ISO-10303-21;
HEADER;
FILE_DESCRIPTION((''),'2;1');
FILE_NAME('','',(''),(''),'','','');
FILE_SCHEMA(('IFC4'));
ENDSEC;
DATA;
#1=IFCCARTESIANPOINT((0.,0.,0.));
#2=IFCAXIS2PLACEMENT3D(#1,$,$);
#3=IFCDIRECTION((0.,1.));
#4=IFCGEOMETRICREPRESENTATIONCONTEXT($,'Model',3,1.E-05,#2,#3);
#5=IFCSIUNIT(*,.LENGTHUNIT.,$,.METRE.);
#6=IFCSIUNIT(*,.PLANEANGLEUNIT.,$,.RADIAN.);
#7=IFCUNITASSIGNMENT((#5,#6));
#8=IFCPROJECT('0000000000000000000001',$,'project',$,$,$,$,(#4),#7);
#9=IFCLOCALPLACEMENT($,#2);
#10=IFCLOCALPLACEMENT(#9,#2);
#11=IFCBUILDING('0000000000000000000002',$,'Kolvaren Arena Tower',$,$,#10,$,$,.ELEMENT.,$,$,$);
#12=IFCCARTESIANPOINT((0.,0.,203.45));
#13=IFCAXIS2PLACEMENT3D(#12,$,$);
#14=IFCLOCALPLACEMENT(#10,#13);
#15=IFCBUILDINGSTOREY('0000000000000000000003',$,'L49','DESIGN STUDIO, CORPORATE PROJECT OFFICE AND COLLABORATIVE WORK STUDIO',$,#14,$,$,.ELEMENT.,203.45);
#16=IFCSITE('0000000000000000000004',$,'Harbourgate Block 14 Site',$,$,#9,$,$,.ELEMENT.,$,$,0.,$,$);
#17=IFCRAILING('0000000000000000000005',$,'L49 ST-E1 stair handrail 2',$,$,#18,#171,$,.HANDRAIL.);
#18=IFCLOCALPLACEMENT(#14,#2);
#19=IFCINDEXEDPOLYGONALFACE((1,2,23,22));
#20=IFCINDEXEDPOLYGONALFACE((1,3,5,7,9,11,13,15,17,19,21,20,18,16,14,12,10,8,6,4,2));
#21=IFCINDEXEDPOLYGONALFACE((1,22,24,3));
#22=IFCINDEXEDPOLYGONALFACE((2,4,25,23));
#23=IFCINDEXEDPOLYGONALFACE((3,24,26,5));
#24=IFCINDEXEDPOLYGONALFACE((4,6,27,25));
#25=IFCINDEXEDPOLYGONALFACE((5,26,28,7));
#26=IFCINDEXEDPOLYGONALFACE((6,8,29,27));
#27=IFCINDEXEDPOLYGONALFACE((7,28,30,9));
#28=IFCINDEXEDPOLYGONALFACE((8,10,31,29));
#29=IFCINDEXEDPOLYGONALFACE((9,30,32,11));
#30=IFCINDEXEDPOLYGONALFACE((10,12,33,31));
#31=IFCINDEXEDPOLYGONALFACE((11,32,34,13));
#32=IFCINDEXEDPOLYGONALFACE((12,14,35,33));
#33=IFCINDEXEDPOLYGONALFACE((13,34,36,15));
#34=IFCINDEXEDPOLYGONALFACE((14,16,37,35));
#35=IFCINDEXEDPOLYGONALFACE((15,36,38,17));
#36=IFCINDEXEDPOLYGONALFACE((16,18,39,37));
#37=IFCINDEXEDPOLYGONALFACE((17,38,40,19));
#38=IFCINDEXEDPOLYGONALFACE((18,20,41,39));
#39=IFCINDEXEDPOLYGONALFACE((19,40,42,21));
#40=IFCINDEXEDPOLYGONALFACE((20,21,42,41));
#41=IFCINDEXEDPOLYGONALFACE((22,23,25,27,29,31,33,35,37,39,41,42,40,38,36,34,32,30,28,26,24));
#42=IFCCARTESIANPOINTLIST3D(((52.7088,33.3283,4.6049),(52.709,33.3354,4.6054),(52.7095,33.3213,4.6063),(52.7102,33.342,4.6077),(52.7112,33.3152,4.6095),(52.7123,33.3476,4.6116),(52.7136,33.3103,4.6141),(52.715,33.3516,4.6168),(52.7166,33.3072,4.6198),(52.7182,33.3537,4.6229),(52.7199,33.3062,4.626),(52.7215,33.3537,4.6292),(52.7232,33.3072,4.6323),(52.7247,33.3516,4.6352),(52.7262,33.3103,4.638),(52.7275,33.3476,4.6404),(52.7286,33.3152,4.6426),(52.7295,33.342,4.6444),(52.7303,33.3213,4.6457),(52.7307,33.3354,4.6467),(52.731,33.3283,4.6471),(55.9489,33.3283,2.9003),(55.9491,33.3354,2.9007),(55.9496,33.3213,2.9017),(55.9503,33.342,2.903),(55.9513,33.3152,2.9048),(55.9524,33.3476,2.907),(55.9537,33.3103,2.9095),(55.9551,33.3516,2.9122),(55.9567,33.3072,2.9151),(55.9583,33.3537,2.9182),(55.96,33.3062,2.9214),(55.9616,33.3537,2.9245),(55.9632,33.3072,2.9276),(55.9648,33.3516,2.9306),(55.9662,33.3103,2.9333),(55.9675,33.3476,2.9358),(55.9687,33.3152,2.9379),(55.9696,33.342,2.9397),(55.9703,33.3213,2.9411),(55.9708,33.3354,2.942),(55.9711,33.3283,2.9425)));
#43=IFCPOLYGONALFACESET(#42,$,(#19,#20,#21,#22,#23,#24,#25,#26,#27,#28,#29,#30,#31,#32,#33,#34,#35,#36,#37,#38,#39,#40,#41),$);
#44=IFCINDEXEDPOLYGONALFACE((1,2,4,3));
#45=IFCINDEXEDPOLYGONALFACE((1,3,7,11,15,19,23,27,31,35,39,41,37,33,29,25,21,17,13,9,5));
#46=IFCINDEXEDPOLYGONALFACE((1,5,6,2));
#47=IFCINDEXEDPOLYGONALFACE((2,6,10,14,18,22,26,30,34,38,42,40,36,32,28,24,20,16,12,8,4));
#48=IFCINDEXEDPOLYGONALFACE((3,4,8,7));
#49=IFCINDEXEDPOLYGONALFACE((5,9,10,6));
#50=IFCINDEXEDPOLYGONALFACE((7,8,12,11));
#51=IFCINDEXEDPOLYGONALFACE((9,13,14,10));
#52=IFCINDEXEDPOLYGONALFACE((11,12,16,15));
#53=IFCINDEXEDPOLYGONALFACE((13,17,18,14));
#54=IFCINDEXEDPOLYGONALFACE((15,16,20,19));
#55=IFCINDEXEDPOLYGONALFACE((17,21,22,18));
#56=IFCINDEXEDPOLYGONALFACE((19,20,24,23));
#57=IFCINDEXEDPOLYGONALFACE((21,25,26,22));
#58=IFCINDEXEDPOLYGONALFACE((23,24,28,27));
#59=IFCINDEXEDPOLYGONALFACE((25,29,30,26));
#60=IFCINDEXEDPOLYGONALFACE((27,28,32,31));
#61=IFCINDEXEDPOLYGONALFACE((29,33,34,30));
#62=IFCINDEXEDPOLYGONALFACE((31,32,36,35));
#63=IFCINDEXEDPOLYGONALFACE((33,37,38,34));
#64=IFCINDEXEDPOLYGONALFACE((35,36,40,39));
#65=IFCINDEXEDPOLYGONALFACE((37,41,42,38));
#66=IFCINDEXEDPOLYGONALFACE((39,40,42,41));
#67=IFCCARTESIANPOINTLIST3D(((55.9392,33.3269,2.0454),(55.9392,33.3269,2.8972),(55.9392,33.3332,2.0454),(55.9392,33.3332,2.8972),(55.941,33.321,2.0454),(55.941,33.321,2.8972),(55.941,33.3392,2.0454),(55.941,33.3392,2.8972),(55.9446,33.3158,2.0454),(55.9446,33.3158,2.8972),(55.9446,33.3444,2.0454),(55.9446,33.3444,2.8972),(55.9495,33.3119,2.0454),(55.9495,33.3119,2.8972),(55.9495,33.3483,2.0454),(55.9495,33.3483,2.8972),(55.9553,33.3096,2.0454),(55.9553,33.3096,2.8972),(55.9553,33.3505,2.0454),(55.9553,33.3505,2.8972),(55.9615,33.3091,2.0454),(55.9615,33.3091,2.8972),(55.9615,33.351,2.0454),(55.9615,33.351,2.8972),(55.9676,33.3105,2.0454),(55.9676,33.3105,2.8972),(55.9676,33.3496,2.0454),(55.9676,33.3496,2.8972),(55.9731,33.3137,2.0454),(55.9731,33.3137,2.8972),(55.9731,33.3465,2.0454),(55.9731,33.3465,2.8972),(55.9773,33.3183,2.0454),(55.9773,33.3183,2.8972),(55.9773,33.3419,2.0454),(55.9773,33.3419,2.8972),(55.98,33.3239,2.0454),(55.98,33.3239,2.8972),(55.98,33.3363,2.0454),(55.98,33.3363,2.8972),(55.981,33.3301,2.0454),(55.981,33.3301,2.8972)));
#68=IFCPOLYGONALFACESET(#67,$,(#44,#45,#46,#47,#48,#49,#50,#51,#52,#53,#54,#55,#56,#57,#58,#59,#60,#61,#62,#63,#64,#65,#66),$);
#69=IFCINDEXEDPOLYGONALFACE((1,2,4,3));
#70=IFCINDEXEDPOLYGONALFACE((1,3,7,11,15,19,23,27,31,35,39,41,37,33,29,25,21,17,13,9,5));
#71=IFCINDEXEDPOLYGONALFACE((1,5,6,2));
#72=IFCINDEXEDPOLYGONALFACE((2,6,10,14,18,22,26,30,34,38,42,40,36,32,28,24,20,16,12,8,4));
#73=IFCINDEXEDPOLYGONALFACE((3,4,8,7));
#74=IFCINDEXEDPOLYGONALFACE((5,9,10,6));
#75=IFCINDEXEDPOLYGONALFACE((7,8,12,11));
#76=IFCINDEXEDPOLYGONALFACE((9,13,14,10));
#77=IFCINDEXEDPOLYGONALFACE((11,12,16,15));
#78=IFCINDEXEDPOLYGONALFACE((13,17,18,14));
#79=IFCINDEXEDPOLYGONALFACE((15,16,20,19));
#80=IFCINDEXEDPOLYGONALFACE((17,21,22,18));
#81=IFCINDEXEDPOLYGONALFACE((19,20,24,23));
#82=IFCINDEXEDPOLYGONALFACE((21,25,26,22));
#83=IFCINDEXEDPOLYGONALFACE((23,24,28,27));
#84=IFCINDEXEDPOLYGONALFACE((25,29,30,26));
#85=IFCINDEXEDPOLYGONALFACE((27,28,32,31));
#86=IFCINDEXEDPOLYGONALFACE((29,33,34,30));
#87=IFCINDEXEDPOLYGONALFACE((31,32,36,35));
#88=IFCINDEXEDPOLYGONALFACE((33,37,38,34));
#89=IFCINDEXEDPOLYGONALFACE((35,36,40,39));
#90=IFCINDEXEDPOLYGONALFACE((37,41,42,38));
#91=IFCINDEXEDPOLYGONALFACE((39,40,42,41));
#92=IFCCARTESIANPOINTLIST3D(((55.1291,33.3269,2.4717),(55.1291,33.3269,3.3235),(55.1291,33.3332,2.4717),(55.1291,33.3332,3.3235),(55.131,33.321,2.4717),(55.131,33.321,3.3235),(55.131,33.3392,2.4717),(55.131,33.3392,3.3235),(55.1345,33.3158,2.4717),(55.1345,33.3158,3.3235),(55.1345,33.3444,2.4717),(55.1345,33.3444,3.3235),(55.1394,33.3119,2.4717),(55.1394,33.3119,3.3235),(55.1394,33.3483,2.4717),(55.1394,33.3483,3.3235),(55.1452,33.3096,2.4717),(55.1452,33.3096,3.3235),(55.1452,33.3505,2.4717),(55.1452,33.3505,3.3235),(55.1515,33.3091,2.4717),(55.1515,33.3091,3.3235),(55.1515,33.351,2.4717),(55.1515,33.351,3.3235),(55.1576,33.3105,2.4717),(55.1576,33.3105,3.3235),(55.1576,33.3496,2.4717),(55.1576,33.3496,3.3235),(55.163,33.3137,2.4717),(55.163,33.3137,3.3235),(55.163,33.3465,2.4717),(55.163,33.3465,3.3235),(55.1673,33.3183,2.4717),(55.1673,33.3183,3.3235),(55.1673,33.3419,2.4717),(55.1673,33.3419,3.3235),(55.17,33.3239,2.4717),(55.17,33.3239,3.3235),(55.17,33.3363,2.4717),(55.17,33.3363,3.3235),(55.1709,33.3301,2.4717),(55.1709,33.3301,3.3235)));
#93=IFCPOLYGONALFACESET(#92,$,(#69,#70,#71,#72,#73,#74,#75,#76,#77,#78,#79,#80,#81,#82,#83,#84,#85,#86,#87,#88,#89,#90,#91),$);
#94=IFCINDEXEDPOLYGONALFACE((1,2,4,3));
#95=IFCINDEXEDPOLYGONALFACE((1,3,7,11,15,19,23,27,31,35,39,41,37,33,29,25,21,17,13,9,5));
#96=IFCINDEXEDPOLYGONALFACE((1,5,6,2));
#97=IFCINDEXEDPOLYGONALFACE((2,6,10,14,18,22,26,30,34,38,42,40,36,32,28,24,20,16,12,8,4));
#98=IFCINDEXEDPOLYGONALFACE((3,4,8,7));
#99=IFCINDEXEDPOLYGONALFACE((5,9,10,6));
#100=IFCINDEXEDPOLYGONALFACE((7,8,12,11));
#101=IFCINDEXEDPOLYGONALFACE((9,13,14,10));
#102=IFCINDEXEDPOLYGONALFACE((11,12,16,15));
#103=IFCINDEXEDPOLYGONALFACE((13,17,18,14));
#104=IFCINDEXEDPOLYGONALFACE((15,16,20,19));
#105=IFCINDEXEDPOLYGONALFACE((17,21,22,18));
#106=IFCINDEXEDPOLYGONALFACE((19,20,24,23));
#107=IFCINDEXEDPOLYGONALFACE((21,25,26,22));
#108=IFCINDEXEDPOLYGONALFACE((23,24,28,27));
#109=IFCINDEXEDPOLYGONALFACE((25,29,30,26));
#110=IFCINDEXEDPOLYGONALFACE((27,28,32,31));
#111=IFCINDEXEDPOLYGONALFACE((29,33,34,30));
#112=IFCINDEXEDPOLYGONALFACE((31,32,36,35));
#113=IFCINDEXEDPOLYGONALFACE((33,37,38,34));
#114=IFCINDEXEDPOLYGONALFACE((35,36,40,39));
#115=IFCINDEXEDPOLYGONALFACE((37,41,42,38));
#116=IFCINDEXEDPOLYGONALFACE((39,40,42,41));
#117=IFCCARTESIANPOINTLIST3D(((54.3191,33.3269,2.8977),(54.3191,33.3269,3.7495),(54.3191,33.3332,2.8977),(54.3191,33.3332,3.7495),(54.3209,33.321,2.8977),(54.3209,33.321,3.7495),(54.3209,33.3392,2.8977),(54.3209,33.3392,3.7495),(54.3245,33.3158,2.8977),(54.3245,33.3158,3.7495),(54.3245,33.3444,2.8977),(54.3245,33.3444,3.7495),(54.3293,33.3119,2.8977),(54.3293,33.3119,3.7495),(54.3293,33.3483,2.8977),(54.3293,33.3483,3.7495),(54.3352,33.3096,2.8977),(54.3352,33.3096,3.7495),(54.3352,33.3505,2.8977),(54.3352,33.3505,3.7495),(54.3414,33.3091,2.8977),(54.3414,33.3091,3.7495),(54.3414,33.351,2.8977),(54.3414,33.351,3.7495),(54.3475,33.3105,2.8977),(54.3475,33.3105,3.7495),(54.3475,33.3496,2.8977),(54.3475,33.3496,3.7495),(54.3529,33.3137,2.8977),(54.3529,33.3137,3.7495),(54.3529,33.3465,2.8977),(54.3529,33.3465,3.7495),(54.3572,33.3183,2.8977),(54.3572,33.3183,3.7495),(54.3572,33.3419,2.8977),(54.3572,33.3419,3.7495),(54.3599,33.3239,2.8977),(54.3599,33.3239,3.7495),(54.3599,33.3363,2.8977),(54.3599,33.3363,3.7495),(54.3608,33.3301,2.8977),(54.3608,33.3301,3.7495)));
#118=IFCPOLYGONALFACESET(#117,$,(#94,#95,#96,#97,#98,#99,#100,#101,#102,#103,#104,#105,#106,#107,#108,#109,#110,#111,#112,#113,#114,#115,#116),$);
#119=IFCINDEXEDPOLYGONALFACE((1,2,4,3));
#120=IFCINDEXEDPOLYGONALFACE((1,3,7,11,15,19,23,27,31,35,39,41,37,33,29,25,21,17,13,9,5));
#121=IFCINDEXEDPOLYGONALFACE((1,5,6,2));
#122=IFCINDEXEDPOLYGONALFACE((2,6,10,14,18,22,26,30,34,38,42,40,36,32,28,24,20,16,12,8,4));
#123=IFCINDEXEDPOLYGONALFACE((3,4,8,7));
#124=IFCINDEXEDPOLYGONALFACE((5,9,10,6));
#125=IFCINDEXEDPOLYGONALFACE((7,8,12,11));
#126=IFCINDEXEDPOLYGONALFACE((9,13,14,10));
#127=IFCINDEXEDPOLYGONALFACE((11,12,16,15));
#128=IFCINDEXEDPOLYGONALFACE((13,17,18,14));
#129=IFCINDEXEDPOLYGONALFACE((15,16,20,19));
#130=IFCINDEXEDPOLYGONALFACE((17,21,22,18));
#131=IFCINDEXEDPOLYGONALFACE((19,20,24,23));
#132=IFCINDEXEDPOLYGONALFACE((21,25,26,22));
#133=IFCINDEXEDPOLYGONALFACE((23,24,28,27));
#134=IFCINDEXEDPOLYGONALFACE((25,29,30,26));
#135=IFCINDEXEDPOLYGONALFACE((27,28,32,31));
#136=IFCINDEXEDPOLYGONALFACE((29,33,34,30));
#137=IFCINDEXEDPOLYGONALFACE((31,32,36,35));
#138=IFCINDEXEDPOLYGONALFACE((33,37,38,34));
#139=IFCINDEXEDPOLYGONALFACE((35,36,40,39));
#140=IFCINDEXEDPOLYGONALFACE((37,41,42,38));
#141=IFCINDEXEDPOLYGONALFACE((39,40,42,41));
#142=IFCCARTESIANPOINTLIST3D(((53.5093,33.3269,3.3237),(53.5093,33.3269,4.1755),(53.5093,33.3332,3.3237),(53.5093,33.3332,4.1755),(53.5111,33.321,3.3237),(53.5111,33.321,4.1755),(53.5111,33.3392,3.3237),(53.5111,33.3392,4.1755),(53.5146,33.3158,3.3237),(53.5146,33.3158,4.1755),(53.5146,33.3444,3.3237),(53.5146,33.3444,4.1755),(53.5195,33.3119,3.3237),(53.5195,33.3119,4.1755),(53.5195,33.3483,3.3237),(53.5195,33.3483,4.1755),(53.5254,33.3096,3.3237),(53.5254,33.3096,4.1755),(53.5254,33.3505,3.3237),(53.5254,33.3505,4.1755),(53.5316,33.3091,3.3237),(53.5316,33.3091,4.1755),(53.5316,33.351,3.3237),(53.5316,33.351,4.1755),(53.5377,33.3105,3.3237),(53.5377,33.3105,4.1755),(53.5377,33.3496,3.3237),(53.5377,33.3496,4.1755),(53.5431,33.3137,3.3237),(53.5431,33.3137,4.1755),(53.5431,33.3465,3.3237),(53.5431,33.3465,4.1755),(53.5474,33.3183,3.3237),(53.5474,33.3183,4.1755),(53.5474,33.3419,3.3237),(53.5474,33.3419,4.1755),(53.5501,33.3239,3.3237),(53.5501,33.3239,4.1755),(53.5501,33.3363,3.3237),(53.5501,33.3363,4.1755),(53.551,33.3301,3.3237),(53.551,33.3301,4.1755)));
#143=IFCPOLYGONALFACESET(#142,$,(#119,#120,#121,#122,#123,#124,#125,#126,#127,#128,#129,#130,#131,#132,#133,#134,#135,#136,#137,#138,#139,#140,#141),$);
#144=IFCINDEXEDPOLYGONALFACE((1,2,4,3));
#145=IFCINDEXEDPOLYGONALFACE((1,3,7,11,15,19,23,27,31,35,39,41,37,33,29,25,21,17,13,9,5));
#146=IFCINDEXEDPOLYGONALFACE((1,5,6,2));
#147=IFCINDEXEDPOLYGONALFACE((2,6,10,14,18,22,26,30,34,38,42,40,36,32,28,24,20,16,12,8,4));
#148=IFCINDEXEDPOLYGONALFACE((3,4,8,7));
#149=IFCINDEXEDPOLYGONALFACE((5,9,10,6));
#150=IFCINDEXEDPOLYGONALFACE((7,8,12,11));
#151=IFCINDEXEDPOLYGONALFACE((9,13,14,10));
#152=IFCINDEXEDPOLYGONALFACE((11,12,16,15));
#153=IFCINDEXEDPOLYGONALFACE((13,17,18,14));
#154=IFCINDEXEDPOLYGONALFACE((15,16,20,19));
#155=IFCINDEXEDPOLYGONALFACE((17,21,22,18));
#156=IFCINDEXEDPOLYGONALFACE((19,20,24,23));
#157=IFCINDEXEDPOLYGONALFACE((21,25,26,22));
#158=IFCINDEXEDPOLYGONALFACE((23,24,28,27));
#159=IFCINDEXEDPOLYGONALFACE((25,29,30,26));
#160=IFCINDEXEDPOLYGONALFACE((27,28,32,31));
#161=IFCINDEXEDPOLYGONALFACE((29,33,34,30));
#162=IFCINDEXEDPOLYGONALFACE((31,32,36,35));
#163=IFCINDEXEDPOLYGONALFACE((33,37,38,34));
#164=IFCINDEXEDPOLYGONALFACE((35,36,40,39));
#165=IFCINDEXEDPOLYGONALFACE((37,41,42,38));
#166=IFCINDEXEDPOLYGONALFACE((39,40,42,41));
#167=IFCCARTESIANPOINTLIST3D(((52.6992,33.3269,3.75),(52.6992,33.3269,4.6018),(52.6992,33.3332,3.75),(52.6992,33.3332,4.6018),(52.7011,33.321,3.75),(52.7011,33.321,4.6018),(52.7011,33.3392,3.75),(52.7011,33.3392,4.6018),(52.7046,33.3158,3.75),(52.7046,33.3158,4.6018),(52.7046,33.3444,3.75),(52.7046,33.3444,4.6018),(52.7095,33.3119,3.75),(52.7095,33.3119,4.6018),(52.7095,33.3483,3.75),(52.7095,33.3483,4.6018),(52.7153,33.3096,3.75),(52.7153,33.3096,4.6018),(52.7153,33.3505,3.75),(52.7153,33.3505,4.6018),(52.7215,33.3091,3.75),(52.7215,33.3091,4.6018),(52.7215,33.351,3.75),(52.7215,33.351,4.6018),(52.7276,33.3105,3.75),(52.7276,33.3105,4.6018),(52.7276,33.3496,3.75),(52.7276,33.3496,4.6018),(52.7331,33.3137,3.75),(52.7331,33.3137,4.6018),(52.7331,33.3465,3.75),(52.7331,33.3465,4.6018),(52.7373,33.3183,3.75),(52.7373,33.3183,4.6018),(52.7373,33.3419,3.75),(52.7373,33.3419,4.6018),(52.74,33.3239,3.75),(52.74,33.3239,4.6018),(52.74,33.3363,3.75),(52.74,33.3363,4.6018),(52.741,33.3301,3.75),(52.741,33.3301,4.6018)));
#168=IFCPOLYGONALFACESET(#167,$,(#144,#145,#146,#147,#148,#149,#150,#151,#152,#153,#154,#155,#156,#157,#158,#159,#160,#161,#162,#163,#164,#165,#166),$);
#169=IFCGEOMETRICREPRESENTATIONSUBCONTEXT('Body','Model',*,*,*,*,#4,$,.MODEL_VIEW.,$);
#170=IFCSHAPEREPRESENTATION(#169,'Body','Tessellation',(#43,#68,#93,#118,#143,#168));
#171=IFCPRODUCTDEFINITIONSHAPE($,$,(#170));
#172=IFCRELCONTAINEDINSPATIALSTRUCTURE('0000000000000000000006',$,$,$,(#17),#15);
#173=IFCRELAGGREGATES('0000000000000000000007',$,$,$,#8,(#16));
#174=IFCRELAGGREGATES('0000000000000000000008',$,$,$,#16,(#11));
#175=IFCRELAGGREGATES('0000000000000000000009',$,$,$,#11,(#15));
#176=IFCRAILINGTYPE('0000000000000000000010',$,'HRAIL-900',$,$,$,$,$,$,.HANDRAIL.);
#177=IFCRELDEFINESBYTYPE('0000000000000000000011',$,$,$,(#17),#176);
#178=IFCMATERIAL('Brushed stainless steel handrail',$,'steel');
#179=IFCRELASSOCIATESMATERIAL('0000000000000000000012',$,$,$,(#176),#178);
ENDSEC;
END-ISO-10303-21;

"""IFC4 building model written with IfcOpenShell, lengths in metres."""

from ifc_helpers import new_model, si_unit, direction, frame, origin, origin_2d, place, context, subcontext, project, spatial, circle, extrude, material, type_object, element, save


model = new_model("IFC4")

# Units and contexts
model_context = context("Model", 3, precision=1e-05, world=origin(), true_north=direction((0.0, 1.0)))
body_context = subcontext(model_context, "Body", "Model", "MODEL_VIEW")
ifc_project = project(units=[si_unit("LENGTHUNIT", "METRE"), si_unit("PLANEANGLEUNIT", "RADIAN")], contexts=[model_context])

# Site, building, storey
site_placement = place(None, origin())
site = spatial("IfcSite", under=ifc_project, at=site_placement, Name="Harbourgate Block 14 Site", CompositionType="ELEMENT", RefElevation=0.0)
building_placement = place(site_placement, origin())
building = spatial("IfcBuilding", under=site, at=building_placement, Name="Kolvaren Arena Tower", CompositionType="ELEMENT")
storey_placement = place(building_placement, frame((0.0, 0.0, 203.45)))
storey = spatial("IfcBuildingStorey", under=building, at=storey_placement, Name="L49", Description="DESIGN STUDIO, CORPORATE PROJECT OFFICE AND COLLABORATIVE WORK STUDIO", CompositionType="ELEMENT", Elevation=203.45)

# Railing
ifc_material_1 = material(Name="Brushed stainless steel handrail", Category="steel")
railing_type_1 = type_object("IfcRailingType", Name="HRAIL-900", PredefinedType="HANDRAIL", material=ifc_material_1)
railing_1_placement = place(storey_placement, frame((55.96, 33.3301, 2.0454)))
element("IfcRailing", 1, at=railing_1_placement, inside=storey, type_object=railing_type_1, Name="L49 ST-E1 stair handrail 2", PredefinedType="HANDRAIL", context=body_context, shape_type="SweptSolid", body=[
    extrude(circle(Radius=0.0239, at=origin_2d()), frame((0.0, 0.0, 0.876), z_axis=(-0.884993, 0.0, 0.465604), x_axis=(0.0, -1.0, 0.0)), (0.0, 0.0, 1.0), 3.6611),
    extrude(circle(Radius=0.021, at=origin_2d()), origin(), (0.0, 0.0, 1.0), 0.8518),
    extrude(circle(Radius=0.021, at=origin_2d()), frame((-0.8101, 0.0, 0.4263)), (0.0, 0.0, 1.0), 0.8518),
    extrude(circle(Radius=0.021, at=origin_2d()), frame((-1.6201, 0.0, 0.8523)), (0.0, 0.0, 1.0), 0.8518),
    extrude(circle(Radius=0.021, at=origin_2d()), frame((-2.4299, 0.0, 1.2783)), (0.0, 0.0, 1.0), 0.8518),
    extrude(circle(Radius=0.021, at=origin_2d()), frame((-3.24, 0.0, 1.7046)), (0.0, 0.0, 1.0), 0.8518),
])

save(model, "model.ifc")
